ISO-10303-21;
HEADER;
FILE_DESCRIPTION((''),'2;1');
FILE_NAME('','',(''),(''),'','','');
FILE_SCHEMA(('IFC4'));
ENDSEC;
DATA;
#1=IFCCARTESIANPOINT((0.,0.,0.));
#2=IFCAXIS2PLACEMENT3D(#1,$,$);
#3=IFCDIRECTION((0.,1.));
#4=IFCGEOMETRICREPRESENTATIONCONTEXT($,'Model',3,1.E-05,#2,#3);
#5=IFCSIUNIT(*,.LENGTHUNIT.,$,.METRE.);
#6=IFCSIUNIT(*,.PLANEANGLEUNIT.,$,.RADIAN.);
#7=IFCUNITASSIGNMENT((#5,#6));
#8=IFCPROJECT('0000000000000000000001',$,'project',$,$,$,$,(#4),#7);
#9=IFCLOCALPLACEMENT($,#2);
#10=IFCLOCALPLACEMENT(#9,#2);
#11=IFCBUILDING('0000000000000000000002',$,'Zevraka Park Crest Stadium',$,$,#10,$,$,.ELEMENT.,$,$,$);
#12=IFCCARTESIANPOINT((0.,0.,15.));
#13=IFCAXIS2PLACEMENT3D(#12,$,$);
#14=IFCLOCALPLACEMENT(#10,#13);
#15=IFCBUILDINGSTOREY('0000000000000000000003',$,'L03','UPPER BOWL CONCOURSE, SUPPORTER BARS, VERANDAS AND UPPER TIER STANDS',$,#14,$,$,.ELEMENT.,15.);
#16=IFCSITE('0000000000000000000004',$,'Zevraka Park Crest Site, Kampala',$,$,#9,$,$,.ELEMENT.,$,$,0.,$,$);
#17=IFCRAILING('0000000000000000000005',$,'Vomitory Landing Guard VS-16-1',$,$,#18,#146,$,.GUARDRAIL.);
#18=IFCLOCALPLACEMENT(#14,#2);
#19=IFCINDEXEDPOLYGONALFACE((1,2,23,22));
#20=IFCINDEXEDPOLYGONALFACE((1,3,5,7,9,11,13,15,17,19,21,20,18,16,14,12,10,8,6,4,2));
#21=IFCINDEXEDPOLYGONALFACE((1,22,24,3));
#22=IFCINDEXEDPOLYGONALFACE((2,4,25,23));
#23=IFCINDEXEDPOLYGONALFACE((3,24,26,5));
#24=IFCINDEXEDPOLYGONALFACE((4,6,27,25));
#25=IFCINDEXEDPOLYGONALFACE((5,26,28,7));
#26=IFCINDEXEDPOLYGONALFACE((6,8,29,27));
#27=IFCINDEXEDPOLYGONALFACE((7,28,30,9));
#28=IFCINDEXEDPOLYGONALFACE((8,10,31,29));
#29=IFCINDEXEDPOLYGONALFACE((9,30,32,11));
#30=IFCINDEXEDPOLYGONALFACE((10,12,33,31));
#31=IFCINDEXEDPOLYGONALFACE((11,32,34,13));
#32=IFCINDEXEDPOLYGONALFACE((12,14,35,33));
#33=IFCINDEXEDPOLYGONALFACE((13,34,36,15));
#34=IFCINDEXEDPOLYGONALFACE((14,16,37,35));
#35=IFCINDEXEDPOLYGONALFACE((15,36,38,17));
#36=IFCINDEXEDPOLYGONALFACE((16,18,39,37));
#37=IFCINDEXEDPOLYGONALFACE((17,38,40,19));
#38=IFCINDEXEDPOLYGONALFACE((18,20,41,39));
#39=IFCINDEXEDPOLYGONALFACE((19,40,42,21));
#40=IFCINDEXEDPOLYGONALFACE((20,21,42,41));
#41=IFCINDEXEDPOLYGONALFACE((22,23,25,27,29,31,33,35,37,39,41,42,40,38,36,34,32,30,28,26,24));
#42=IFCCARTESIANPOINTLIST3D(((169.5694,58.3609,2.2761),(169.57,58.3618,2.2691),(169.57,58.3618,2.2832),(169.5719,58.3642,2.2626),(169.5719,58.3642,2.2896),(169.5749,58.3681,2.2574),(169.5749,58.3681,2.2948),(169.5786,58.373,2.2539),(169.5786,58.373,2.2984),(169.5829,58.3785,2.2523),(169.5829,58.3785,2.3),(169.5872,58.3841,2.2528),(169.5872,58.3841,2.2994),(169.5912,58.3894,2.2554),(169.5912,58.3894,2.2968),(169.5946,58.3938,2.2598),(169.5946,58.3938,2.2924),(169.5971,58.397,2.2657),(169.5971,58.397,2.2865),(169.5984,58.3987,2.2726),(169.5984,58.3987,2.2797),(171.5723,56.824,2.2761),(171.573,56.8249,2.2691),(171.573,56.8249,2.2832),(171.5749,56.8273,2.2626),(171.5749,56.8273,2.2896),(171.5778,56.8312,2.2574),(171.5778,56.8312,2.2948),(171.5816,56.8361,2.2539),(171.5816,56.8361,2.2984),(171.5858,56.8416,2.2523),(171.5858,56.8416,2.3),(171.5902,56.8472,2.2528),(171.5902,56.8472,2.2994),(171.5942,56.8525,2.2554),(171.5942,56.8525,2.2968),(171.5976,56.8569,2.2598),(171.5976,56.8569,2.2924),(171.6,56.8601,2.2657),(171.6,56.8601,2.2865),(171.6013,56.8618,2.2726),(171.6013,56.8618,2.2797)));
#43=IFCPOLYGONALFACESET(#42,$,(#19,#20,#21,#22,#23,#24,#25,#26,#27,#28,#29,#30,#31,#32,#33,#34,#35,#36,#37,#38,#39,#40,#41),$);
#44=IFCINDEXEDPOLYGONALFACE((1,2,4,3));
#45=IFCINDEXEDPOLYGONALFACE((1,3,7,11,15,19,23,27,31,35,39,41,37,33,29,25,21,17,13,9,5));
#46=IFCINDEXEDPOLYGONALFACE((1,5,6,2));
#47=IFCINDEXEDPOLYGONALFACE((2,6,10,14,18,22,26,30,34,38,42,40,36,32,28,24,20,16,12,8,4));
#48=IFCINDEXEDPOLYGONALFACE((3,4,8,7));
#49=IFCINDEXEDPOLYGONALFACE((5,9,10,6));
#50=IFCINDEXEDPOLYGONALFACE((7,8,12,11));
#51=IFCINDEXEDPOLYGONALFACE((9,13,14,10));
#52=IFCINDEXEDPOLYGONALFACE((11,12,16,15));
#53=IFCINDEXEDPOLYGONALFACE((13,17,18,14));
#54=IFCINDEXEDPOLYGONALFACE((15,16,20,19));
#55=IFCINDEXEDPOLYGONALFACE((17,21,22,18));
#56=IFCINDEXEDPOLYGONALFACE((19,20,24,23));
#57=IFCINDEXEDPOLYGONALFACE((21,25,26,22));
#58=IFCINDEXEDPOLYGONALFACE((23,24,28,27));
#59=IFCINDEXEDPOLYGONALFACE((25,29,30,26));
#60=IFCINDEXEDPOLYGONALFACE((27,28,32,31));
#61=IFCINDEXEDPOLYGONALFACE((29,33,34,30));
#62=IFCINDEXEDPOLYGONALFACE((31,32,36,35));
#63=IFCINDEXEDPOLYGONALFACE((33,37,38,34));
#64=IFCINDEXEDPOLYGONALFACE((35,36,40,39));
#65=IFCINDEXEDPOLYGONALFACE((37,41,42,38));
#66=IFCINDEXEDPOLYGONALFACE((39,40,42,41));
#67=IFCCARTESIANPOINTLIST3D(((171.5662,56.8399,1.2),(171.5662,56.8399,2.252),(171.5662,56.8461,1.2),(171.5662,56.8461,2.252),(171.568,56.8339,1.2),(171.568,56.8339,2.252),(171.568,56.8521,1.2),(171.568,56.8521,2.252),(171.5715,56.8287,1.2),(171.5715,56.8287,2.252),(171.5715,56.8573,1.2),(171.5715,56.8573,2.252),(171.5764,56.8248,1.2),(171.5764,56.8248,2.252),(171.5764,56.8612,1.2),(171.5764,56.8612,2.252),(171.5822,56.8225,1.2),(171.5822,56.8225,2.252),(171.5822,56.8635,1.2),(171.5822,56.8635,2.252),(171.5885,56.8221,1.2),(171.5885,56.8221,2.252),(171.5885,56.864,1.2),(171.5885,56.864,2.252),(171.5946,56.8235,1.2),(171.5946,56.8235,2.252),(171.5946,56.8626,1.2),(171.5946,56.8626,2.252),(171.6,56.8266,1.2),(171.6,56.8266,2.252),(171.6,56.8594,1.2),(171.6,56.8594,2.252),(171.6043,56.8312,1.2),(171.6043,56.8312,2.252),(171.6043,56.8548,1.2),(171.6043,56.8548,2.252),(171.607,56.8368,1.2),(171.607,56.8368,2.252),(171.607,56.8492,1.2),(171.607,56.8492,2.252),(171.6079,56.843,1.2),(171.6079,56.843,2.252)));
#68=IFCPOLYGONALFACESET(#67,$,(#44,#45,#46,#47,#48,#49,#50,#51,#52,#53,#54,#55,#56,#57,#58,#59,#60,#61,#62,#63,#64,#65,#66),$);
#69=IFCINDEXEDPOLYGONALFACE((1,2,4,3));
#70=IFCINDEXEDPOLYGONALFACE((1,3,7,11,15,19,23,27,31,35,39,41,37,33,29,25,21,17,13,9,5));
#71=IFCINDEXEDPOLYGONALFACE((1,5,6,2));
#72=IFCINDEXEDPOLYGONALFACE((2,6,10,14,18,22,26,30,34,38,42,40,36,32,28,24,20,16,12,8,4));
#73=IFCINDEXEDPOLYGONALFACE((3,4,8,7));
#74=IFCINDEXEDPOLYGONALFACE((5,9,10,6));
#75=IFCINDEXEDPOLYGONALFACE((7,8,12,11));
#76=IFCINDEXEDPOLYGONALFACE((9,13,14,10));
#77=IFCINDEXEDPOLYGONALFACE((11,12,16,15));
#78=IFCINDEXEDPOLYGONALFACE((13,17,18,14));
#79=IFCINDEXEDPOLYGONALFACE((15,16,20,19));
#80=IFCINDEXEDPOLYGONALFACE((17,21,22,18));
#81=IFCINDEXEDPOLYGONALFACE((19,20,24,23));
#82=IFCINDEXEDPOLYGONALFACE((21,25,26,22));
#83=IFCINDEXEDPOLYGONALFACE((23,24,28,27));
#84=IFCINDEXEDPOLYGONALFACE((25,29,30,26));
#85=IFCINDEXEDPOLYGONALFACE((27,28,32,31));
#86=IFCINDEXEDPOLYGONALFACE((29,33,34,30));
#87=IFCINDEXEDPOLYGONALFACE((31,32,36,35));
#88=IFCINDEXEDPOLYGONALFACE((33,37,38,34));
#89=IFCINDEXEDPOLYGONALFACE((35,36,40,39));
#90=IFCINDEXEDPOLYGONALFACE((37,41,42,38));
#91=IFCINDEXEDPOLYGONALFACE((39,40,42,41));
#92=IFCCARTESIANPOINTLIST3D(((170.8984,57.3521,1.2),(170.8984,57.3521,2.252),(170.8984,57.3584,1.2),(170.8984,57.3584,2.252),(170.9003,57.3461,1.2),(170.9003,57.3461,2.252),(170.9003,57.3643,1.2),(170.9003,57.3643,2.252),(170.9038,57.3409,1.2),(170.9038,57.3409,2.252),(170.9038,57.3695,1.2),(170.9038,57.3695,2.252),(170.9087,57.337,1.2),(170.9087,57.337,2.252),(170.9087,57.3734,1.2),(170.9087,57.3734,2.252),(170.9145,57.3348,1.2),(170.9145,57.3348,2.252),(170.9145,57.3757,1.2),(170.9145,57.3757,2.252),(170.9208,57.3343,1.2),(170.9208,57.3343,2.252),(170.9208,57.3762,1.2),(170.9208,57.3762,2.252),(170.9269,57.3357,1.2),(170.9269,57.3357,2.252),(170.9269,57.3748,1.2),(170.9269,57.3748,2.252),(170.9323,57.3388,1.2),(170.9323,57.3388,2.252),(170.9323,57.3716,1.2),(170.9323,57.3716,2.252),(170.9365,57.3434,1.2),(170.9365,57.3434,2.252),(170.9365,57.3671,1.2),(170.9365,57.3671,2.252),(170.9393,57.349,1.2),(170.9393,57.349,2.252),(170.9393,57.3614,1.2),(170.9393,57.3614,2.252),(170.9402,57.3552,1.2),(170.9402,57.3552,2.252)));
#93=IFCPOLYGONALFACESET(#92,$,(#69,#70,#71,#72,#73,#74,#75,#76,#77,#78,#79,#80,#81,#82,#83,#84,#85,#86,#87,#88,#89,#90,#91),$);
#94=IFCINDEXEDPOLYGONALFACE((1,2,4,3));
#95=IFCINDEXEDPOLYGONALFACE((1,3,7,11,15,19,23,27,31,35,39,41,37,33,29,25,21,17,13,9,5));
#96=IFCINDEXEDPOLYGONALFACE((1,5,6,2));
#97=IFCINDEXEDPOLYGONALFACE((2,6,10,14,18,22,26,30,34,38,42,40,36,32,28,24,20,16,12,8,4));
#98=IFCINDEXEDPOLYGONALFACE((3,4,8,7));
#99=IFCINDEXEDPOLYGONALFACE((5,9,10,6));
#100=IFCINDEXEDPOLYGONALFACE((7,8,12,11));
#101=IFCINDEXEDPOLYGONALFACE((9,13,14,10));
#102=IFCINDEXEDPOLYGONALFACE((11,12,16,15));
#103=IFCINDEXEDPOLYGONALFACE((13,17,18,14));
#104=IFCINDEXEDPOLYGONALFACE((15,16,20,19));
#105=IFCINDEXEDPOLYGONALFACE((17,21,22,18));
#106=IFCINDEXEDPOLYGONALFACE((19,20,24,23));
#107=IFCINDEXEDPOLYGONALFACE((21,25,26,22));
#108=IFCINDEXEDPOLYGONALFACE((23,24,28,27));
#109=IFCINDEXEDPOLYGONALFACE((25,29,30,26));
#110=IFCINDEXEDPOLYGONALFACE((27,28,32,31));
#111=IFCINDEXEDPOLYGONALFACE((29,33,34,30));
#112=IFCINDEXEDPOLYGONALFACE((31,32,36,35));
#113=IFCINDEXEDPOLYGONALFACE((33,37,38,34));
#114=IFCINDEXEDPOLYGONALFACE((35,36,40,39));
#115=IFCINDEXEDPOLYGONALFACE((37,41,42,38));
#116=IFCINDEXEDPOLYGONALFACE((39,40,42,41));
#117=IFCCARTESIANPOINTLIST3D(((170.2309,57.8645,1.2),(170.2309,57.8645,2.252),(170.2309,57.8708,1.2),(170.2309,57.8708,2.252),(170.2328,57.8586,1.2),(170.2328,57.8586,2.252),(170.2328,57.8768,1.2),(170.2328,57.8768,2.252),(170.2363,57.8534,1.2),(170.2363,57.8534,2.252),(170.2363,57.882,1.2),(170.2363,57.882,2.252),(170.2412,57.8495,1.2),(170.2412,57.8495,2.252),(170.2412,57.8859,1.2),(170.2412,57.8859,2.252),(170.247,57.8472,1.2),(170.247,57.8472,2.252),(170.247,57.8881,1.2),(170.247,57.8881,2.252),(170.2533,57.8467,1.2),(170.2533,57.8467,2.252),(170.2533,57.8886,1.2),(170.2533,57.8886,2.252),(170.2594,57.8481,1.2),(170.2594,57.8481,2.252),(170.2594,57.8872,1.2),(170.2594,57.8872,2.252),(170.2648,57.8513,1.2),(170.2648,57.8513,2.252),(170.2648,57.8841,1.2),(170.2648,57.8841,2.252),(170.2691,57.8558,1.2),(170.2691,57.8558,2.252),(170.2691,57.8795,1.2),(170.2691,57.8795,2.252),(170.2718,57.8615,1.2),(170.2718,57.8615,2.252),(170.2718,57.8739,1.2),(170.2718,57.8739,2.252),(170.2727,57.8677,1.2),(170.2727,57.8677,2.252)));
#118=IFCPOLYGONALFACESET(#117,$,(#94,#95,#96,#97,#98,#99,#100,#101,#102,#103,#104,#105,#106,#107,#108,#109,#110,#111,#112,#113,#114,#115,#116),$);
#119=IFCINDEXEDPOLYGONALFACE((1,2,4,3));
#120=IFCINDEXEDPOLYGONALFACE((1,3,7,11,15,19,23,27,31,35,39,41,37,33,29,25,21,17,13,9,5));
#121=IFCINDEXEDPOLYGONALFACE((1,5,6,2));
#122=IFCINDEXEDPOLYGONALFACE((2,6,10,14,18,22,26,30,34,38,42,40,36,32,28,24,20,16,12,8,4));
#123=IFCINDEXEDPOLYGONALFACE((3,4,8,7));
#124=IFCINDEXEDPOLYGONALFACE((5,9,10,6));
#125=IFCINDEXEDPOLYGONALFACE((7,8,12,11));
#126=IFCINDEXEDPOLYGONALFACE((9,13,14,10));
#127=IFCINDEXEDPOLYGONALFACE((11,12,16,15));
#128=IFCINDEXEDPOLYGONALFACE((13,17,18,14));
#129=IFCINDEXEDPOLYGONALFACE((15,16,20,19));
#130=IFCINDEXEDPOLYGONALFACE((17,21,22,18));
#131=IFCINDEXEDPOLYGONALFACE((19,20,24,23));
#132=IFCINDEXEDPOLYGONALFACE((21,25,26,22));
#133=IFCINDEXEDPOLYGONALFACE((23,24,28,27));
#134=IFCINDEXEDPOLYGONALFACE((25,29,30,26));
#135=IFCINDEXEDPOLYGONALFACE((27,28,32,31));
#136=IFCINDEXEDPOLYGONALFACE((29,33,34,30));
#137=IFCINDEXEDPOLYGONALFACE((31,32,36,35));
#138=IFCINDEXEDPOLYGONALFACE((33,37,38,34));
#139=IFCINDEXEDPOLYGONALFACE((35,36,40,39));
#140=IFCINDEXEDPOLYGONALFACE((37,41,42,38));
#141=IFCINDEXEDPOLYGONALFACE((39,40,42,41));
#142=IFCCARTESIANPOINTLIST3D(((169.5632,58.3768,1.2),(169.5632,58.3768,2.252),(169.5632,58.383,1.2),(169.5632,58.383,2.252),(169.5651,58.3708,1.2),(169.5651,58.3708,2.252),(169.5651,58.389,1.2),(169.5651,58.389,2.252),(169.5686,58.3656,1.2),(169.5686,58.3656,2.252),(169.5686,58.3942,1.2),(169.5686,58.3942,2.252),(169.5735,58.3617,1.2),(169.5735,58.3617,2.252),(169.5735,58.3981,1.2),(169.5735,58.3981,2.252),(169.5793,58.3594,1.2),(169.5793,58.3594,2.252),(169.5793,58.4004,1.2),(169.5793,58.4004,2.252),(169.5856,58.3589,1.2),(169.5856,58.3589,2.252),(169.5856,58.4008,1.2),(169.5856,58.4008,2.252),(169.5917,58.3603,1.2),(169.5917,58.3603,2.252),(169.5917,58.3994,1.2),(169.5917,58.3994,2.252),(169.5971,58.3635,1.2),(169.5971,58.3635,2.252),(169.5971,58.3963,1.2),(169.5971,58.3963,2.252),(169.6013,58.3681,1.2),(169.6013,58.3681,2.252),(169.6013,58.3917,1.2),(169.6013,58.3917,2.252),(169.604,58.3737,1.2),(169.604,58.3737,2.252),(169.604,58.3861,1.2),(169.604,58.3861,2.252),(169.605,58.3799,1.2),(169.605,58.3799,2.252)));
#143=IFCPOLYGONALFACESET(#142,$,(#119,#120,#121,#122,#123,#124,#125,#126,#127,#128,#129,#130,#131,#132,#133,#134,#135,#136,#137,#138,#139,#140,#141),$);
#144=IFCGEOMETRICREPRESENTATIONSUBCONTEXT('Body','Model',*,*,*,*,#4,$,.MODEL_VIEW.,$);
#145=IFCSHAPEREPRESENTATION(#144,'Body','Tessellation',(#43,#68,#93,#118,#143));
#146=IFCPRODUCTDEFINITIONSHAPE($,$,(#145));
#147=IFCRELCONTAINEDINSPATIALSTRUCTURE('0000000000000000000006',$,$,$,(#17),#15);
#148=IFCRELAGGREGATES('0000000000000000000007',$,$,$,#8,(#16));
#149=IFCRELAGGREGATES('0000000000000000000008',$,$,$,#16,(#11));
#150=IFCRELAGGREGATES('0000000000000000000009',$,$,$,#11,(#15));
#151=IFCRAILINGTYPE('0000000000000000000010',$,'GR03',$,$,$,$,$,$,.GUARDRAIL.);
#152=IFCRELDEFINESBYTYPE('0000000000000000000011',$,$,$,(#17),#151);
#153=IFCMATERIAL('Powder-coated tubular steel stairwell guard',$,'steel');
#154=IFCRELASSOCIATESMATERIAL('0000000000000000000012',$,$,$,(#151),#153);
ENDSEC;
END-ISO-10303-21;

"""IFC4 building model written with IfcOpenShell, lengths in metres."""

from ifc_helpers import new_model, si_unit, direction, frame, origin, origin_2d, place, context, subcontext, project, spatial, circle, extrude, material, type_object, element, save


model = new_model("IFC4")

# Units and contexts
model_context = context("Model", 3, precision=1e-05, world=origin(), true_north=direction((0.0, 1.0)))
body_context = subcontext(model_context, "Body", "Model", "MODEL_VIEW")
ifc_project = project(units=[si_unit("LENGTHUNIT", "METRE"), si_unit("PLANEANGLEUNIT", "RADIAN")], contexts=[model_context])

# Site, building, storey
site_placement = place(None, origin())
site = spatial("IfcSite", under=ifc_project, at=site_placement, Name="Zevraka Park Crest Site, Kampala", CompositionType="ELEMENT", RefElevation=0.0)
building_placement = place(site_placement, origin())
building = spatial("IfcBuilding", under=site, at=building_placement, Name="Zevraka Park Crest Stadium", CompositionType="ELEMENT")
storey_placement = place(building_placement, frame((0.0, 0.0, 15.0)))
storey = spatial("IfcBuildingStorey", under=building, at=storey_placement, Name="L03", Description="UPPER BOWL CONCOURSE, SUPPORTER BARS, VERANDAS AND UPPER TIER STANDS", CompositionType="ELEMENT", Elevation=15.0)

# Railing
ifc_material_1 = material(Name="Powder-coated tubular steel stairwell guard", Category="steel")
railing_type_1 = type_object("IfcRailingType", Name="GR03", PredefinedType="GUARDRAIL", material=ifc_material_1)
railing_1_placement = place(storey_placement, frame((171.5869, 56.843, 1.2)))
element("IfcRailing", 1, at=railing_1_placement, inside=storey, type_object=railing_type_1, Name="Vomitory Landing Guard VS-16-1", PredefinedType="GUARDRAIL", context=body_context, shape_type="SweptSolid", body=[
    extrude(circle(Radius=0.0239, at=origin_2d()), frame((0.0, 0.0, 1.0762), z_axis=(-0.79336, 0.608752, 0.0), x_axis=(-0.608752, -0.79336, 0.0)), (0.0, 0.0, 1.0), 2.5247),
    extrude(circle(Radius=0.021, at=origin_2d()), origin(), (0.0, 0.0, 1.0), 1.052),
    extrude(circle(Radius=0.021, at=origin_2d()), frame((-0.6677, 0.5122, 0.0)), (0.0, 0.0, 1.0), 1.052),
    extrude(circle(Radius=0.021, at=origin_2d()), frame((-1.3352, 1.0247, 0.0)), (0.0, 0.0, 1.0), 1.052),
    extrude(circle(Radius=0.021, at=origin_2d()), frame((-2.0029, 1.5369, 0.0)), (0.0, 0.0, 1.0), 1.052),
])

save(model, "model.ifc")
